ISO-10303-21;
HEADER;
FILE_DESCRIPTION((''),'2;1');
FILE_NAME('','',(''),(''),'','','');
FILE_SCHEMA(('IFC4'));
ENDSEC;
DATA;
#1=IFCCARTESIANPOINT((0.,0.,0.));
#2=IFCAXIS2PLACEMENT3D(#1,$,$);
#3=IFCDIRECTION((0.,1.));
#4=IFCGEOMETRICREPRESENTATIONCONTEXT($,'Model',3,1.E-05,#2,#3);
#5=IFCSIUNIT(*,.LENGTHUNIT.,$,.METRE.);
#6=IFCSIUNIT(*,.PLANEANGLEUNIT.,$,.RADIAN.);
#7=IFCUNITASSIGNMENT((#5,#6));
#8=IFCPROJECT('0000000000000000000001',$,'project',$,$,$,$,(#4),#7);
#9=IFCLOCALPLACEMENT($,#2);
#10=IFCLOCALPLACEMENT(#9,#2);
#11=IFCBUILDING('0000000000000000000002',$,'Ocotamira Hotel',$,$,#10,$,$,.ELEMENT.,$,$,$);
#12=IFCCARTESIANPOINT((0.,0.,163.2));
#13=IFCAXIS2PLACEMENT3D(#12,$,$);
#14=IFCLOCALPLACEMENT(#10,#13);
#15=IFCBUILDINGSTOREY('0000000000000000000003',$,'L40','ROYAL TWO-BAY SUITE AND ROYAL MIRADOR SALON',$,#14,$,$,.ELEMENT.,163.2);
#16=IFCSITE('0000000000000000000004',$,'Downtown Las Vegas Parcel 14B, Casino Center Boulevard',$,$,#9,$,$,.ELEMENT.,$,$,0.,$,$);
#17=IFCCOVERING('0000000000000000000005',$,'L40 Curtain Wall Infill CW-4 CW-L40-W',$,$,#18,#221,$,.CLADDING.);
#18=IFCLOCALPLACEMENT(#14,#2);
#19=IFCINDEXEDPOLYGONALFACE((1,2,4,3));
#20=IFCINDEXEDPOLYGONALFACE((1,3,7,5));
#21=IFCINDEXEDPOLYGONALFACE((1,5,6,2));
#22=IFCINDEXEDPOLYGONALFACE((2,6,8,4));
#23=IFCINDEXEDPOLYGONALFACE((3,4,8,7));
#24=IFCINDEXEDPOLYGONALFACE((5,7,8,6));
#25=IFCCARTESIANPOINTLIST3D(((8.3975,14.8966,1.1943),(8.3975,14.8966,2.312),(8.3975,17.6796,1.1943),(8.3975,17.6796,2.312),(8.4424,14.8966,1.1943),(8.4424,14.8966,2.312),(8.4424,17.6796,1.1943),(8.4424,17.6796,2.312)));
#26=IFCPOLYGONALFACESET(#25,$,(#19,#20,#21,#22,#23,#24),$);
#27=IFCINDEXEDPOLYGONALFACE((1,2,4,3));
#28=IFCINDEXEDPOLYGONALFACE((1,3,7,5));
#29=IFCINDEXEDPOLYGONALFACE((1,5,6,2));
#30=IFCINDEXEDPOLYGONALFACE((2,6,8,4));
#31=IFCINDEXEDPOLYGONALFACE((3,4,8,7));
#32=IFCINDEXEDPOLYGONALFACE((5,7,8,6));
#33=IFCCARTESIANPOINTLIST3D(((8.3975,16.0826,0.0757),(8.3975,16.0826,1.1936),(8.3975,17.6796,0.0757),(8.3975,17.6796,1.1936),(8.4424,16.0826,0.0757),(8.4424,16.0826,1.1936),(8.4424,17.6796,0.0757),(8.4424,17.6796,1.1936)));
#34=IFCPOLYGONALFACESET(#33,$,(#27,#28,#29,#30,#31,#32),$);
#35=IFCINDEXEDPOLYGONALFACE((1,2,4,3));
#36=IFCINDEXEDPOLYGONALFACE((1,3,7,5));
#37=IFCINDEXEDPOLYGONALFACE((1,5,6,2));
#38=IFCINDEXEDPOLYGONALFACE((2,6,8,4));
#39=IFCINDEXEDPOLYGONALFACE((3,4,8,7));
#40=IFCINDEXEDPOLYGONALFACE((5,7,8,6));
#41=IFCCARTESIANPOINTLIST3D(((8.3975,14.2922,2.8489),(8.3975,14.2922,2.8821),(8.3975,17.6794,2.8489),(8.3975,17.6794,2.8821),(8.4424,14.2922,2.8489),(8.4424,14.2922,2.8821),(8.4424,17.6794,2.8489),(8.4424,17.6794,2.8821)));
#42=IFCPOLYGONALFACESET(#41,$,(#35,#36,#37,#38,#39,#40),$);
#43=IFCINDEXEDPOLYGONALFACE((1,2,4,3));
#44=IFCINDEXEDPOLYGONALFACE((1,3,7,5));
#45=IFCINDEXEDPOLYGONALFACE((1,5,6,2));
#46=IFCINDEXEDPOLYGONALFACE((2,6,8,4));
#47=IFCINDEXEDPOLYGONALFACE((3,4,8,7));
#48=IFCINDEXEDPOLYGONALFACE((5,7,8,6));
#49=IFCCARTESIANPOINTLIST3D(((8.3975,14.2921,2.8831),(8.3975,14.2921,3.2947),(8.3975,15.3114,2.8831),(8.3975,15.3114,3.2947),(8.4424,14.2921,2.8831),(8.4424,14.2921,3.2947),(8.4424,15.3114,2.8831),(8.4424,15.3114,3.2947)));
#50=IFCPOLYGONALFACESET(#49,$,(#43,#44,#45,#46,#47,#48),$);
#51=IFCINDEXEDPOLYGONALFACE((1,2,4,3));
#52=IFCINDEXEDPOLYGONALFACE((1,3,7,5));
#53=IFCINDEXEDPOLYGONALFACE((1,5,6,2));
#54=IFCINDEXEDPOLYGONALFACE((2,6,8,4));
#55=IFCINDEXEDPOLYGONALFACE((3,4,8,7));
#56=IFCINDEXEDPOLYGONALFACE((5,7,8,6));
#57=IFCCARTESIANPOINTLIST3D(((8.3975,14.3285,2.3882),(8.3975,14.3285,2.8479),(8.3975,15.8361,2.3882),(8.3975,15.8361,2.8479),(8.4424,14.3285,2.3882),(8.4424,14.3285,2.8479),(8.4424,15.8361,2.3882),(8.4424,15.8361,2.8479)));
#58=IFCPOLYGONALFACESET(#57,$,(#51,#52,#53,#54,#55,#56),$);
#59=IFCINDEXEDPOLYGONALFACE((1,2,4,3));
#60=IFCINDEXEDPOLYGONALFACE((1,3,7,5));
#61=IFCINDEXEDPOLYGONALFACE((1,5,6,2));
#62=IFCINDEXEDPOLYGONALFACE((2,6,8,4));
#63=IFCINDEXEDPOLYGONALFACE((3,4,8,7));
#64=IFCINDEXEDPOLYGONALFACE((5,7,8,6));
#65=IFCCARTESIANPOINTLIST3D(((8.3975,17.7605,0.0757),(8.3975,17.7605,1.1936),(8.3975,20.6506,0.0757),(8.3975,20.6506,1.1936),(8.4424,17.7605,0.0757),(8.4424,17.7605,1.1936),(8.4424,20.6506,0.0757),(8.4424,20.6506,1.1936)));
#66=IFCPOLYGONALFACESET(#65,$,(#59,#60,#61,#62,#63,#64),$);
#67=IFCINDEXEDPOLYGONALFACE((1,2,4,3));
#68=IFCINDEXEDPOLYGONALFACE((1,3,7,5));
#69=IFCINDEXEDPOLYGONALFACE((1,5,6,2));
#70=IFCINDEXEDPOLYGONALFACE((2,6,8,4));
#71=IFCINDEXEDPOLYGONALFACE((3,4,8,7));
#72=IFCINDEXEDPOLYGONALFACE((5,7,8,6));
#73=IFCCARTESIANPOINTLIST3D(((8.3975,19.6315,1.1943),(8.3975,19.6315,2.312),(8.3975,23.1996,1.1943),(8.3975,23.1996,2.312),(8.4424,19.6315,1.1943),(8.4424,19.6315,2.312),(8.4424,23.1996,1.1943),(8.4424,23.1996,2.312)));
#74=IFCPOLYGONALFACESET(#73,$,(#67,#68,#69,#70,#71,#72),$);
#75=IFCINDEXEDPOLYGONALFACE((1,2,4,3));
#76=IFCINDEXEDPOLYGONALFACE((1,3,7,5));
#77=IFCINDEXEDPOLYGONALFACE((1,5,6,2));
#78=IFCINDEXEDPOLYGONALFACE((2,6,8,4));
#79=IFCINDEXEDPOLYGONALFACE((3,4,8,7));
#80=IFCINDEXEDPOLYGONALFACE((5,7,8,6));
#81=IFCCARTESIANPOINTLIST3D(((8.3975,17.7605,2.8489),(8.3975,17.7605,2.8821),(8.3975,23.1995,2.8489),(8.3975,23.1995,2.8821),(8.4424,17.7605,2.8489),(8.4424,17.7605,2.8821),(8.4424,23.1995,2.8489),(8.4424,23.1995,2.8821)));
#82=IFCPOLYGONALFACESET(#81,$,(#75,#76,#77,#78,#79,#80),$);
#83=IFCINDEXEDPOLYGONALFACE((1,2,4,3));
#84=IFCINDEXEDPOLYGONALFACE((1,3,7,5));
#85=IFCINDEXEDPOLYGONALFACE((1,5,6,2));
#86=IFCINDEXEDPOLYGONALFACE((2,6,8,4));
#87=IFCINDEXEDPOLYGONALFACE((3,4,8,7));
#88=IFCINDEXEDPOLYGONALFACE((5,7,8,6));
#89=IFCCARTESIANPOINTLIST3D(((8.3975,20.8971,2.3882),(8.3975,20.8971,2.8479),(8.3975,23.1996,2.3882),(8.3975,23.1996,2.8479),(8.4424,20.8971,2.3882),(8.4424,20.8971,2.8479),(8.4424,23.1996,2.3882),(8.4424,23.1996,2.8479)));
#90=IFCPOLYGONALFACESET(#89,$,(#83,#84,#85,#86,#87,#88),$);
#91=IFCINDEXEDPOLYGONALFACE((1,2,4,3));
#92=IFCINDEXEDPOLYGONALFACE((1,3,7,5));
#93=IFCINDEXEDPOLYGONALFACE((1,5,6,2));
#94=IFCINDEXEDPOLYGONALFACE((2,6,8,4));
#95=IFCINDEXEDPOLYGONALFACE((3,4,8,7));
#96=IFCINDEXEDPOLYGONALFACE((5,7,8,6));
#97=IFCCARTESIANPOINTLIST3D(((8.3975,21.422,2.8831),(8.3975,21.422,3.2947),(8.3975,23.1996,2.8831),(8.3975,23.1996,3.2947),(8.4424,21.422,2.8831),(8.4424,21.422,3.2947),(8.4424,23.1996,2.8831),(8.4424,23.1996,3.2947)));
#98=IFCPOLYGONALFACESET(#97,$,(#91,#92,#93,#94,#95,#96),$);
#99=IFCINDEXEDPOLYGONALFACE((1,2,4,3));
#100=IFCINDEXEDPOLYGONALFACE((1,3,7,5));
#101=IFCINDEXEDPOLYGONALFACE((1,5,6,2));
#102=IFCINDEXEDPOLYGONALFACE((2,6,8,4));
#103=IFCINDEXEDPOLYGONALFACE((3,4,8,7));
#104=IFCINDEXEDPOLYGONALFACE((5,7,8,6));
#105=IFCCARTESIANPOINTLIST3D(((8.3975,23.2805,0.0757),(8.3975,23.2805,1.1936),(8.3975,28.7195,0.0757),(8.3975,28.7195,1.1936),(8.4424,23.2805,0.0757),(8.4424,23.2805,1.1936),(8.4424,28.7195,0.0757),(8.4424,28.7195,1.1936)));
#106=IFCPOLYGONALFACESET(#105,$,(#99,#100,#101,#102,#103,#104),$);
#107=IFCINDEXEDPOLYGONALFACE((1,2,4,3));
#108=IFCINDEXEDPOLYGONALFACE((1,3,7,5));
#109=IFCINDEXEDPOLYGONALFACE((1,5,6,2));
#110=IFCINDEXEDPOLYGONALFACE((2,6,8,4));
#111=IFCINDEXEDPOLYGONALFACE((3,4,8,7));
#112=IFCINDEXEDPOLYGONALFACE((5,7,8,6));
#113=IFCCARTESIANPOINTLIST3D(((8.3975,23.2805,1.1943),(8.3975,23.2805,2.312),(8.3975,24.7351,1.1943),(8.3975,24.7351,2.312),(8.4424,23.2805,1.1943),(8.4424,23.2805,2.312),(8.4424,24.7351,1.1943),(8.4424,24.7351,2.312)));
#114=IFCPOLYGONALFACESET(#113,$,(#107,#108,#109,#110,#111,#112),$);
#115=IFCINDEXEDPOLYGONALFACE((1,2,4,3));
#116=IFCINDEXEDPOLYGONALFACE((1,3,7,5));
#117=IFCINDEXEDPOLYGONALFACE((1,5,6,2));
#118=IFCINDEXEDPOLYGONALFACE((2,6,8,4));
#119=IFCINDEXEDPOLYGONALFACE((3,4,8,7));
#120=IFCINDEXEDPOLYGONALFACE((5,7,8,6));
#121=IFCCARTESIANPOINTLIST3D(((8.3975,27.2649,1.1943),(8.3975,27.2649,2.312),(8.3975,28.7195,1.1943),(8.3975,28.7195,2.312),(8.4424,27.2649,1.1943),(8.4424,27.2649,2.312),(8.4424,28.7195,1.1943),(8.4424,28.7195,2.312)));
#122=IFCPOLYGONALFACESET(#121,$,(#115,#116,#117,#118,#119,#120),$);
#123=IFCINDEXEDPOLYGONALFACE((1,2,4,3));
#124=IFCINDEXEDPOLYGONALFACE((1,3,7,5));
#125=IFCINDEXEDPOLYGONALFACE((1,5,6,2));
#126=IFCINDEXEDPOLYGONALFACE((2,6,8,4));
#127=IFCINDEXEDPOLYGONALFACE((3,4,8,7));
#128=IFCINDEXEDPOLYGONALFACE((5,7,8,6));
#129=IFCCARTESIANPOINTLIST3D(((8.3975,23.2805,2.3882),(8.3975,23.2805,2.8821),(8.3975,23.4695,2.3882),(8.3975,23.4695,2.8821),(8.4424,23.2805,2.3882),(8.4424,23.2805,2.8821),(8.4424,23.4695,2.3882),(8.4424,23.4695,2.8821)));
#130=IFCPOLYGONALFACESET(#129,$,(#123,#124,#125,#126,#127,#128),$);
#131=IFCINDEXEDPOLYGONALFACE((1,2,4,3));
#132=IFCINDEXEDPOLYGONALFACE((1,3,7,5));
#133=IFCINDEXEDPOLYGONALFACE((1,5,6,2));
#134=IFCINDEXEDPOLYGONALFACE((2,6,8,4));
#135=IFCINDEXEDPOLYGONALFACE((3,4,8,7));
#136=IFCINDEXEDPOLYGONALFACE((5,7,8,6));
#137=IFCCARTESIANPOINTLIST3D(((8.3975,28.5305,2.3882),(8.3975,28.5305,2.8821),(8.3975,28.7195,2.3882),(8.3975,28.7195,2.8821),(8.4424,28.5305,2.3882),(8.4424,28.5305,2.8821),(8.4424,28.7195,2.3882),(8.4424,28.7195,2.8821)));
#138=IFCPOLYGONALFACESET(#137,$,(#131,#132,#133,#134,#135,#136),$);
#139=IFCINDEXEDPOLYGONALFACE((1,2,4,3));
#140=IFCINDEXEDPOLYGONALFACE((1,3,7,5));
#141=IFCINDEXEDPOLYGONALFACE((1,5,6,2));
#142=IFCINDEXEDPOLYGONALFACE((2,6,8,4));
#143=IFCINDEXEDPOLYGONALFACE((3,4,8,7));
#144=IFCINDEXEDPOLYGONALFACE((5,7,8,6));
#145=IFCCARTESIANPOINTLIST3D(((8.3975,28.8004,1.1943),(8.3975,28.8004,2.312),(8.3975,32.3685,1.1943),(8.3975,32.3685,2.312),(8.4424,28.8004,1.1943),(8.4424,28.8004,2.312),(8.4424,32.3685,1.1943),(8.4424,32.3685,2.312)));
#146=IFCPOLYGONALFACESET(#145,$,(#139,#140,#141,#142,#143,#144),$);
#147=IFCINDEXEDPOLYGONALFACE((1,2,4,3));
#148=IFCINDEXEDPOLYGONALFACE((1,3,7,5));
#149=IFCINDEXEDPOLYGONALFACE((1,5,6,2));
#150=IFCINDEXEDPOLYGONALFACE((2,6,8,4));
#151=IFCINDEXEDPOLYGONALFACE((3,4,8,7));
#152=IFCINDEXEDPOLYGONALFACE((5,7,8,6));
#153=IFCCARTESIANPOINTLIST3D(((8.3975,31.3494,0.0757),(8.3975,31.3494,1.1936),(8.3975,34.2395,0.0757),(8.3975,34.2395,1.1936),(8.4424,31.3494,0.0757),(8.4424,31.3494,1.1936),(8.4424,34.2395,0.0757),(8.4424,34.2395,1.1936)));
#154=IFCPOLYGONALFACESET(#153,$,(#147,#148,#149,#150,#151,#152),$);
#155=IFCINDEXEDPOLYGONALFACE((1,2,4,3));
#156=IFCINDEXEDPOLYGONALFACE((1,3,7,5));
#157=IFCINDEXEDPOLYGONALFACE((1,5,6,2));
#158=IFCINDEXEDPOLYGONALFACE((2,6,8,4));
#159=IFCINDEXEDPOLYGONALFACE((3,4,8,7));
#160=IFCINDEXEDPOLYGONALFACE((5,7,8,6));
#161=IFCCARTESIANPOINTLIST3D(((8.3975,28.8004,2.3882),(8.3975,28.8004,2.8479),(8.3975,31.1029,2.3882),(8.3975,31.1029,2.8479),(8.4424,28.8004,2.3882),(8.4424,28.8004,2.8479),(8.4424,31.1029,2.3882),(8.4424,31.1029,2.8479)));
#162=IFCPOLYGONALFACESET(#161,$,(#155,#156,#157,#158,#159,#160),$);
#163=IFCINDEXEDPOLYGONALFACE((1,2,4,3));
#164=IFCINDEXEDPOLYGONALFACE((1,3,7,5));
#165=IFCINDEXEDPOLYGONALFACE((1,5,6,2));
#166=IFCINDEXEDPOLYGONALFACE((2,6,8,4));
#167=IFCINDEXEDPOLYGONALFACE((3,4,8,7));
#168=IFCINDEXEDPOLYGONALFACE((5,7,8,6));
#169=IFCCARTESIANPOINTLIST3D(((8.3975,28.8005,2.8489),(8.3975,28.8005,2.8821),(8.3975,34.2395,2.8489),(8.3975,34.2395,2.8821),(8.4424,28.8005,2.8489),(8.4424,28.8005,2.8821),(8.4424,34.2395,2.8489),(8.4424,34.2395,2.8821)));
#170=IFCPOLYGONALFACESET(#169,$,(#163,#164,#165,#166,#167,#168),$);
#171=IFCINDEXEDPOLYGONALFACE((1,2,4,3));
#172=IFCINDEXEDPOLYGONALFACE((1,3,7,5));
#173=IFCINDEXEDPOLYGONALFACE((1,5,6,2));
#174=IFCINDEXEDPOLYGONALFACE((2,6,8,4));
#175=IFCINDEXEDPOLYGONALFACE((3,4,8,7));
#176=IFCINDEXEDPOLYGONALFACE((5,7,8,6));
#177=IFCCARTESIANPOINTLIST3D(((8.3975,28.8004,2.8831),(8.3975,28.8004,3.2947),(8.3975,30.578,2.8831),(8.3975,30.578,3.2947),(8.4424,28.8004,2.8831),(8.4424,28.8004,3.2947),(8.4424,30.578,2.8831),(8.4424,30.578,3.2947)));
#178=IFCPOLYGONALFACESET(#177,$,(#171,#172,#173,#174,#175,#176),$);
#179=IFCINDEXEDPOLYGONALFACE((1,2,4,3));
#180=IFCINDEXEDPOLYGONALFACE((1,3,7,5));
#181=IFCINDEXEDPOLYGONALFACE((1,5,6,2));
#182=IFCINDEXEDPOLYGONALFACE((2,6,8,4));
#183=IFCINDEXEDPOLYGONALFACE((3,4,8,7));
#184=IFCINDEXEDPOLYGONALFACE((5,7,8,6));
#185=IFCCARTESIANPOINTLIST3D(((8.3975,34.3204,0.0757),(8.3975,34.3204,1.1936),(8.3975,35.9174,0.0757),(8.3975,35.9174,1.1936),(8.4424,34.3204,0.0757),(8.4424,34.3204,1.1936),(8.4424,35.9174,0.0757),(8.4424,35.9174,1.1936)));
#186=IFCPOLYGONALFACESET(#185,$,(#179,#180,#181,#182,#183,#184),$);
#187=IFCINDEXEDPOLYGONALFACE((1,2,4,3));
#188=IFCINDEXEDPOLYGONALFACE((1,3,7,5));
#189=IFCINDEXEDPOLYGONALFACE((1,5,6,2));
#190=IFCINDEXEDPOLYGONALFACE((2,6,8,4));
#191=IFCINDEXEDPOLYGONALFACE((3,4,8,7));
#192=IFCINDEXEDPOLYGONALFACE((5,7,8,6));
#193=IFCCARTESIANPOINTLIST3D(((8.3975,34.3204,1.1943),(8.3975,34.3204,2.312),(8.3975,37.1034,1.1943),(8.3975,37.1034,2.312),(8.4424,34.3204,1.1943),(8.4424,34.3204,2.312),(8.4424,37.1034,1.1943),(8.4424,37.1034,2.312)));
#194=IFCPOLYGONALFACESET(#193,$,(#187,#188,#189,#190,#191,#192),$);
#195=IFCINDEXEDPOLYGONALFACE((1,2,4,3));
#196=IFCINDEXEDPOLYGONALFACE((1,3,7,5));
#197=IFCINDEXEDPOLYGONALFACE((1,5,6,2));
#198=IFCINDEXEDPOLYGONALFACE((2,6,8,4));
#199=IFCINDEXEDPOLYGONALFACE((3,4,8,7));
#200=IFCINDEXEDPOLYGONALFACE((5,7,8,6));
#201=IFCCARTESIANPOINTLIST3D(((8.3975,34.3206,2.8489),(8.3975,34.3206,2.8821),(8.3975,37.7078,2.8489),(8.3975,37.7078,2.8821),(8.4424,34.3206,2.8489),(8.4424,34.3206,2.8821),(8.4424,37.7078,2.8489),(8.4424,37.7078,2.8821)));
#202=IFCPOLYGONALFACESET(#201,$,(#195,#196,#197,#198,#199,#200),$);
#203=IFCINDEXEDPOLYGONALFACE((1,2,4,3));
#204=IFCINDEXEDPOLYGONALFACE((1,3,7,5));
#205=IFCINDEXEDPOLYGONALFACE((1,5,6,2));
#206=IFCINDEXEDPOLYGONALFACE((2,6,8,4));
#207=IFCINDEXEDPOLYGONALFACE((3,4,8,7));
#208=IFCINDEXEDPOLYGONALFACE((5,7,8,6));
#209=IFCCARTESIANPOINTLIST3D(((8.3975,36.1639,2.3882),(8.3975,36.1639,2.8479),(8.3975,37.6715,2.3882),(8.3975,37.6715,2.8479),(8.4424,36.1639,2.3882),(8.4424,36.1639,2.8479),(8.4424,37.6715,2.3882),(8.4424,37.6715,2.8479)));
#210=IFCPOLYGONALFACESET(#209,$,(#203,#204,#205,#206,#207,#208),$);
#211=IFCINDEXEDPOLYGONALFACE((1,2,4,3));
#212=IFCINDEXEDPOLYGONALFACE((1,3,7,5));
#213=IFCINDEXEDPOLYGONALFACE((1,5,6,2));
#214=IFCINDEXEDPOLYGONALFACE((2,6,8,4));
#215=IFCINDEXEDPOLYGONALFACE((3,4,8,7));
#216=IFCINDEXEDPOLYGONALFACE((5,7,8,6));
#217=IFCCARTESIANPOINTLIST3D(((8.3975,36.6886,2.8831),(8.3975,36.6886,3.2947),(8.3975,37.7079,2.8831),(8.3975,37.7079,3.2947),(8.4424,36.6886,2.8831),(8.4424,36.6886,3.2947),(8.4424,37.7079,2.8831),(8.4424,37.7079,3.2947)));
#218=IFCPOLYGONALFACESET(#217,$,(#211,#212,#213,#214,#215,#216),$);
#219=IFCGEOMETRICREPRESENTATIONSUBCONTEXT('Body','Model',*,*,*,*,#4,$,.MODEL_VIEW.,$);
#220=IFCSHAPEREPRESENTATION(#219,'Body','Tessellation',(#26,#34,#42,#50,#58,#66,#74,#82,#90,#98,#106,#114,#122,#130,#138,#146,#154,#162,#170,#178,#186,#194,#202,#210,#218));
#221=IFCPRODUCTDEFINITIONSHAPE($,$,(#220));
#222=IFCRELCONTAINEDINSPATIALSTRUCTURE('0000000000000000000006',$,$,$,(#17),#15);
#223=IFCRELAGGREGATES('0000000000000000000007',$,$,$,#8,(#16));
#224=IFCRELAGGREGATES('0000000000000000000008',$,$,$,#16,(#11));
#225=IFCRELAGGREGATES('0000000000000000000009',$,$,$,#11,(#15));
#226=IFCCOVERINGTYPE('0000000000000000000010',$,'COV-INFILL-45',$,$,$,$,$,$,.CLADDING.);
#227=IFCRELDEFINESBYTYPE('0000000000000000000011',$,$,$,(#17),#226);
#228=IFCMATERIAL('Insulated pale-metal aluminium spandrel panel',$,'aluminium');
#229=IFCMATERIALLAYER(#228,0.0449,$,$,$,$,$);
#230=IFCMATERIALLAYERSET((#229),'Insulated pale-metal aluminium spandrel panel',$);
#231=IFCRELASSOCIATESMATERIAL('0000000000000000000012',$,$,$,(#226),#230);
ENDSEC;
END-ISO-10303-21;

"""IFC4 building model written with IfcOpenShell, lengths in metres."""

from ifc_helpers import new_model, si_unit, direction, frame, origin, origin_2d, place, context, subcontext, project, spatial, rectangle, extrude, material, layer, layer_set, type_object, element, save


model = new_model("IFC4")

# Units and contexts
model_context = context("Model", 3, precision=1e-05, world=origin(), true_north=direction((0.0, 1.0)))
body_context = subcontext(model_context, "Body", "Model", "MODEL_VIEW")
ifc_project = project(units=[si_unit("LENGTHUNIT", "METRE"), si_unit("PLANEANGLEUNIT", "RADIAN")], contexts=[model_context])

# Site, building, storey
site_placement = place(None, origin())
site = spatial("IfcSite", under=ifc_project, at=site_placement, Name="Downtown Las Vegas Parcel 14B, Casino Center Boulevard", CompositionType="ELEMENT", RefElevation=0.0)
building_placement = place(site_placement, origin())
building = spatial("IfcBuilding", under=site, at=building_placement, Name="Ocotamira Hotel", CompositionType="ELEMENT")
storey_placement = place(building_placement, frame((0.0, 0.0, 163.2)))
storey = spatial("IfcBuildingStorey", under=building, at=storey_placement, Name="L40", Description="ROYAL TWO-BAY SUITE AND ROYAL MIRADOR SALON", CompositionType="ELEMENT", Elevation=163.2)

# Covering
ifc_material_1 = material(Name="Insulated pale-metal aluminium spandrel panel", Category="aluminium")
ifc_layer_1 = layer(ifc_material_1, 0.0449)
ifc_layer_set_1 = layer_set([ifc_layer_1], Name="Insulated pale-metal aluminium spandrel panel")
covering_type_1 = type_object("IfcCoveringType", Name="COV-INFILL-45", PredefinedType="CLADDING", material=ifc_layer_set_1)
covering_1_placement = place(storey_placement, origin())
element("IfcCovering", 1, at=covering_1_placement, inside=storey, type_object=covering_type_1, Name="L40 Curtain Wall Infill CW-4 CW-L40-W", PredefinedType="CLADDING", context=body_context, shape_type="SweptSolid", body=[
    extrude(rectangle(XDim=2.783, YDim=0.0449, at=origin_2d()), frame((8.4199, 16.2881, 1.1943), z_axis=(0.0, 0.0, 1.0), x_axis=(0.0, 1.0, 0.0)), (0.0, 0.0, 1.0), 1.1177),
    extrude(rectangle(XDim=1.5969, YDim=0.0449, at=origin_2d()), frame((8.4199, 16.8811, 0.0757), z_axis=(0.0, 0.0, 1.0), x_axis=(0.0, 1.0, 0.0)), (0.0, 0.0, 1.0), 1.1179),
    extrude(rectangle(XDim=3.3872, YDim=0.0449, at=origin_2d()), frame((8.4199, 15.9858, 2.8489), z_axis=(0.0, 0.0, 1.0), x_axis=(0.0, 1.0, 0.0)), (0.0, 0.0, 1.0), 0.0332),
    extrude(rectangle(XDim=1.0193, YDim=0.0449, at=origin_2d()), frame((8.4199, 14.8018, 2.8831), z_axis=(0.0, 0.0, 1.0), x_axis=(0.0, 1.0, 0.0)), (0.0, 0.0, 1.0), 0.4116),
    extrude(rectangle(XDim=1.5076, YDim=0.0449, at=origin_2d()), frame((8.4199, 15.0823, 2.3882), z_axis=(0.0, 0.0, 1.0), x_axis=(0.0, 1.0, 0.0)), (0.0, 0.0, 1.0), 0.4597),
    extrude(rectangle(XDim=2.8901, YDim=0.0449, at=origin_2d()), frame((8.4199, 19.2056, 0.0757), z_axis=(0.0, 0.0, 1.0), x_axis=(0.0, 1.0, 0.0)), (0.0, 0.0, 1.0), 1.1179),
    extrude(rectangle(XDim=3.5681, YDim=0.0449, at=origin_2d()), frame((8.4199, 21.4155, 1.1943), z_axis=(0.0, 0.0, 1.0), x_axis=(0.0, 1.0, 0.0)), (0.0, 0.0, 1.0), 1.1177),
    extrude(rectangle(XDim=5.439, YDim=0.0449, at=origin_2d()), frame((8.4199, 20.48, 2.8489), z_axis=(0.0, 0.0, 1.0), x_axis=(0.0, 1.0, 0.0)), (0.0, 0.0, 1.0), 0.0332),
    extrude(rectangle(XDim=2.3025, YDim=0.0449, at=origin_2d()), frame((8.4199, 22.0483, 2.3882), z_axis=(0.0, 0.0, 1.0), x_axis=(0.0, 1.0, 0.0)), (0.0, 0.0, 1.0), 0.4597),
    extrude(rectangle(XDim=1.7776, YDim=0.0449, at=origin_2d()), frame((8.4199, 22.3108, 2.8831), z_axis=(0.0, 0.0, 1.0), x_axis=(0.0, 1.0, 0.0)), (0.0, 0.0, 1.0), 0.4116),
    extrude(rectangle(XDim=5.439, YDim=0.0449, at=origin_2d()), frame((8.4199, 26.0, 0.0757), z_axis=(0.0, 0.0, 1.0), x_axis=(0.0, 1.0, 0.0)), (0.0, 0.0, 1.0), 1.1179),
    extrude(rectangle(XDim=1.4546, YDim=0.0449, at=origin_2d()), frame((8.4199, 24.0078, 1.1943), z_axis=(0.0, 0.0, 1.0), x_axis=(0.0, 1.0, 0.0)), (0.0, 0.0, 1.0), 1.1177),
    extrude(rectangle(XDim=1.4546, YDim=0.0449, at=origin_2d()), frame((8.4199, 27.9922, 1.1943), z_axis=(0.0, 0.0, 1.0), x_axis=(0.0, 1.0, 0.0)), (0.0, 0.0, 1.0), 1.1177),
    extrude(rectangle(XDim=0.189, YDim=0.0449, at=origin_2d()), frame((8.4199, 23.375, 2.3882), z_axis=(0.0, 0.0, 1.0), x_axis=(0.0, 1.0, 0.0)), (0.0, 0.0, 1.0), 0.4939),
    extrude(rectangle(XDim=0.189, YDim=0.0449, at=origin_2d()), frame((8.4199, 28.625, 2.3882), z_axis=(0.0, 0.0, 1.0), x_axis=(0.0, 1.0, 0.0)), (0.0, 0.0, 1.0), 0.4939),
    extrude(rectangle(XDim=3.5681, YDim=0.0449, at=origin_2d()), frame((8.4199, 30.5845, 1.1943), z_axis=(0.0, 0.0, 1.0), x_axis=(0.0, 1.0, 0.0)), (0.0, 0.0, 1.0), 1.1177),
    extrude(rectangle(XDim=2.8901, YDim=0.0449, at=origin_2d()), frame((8.4199, 32.7944, 0.0757), z_axis=(0.0, 0.0, 1.0), x_axis=(0.0, 1.0, 0.0)), (0.0, 0.0, 1.0), 1.1179),
    extrude(rectangle(XDim=2.3025, YDim=0.0449, at=origin_2d()), frame((8.4199, 29.9517, 2.3882), z_axis=(0.0, 0.0, 1.0), x_axis=(0.0, 1.0, 0.0)), (0.0, 0.0, 1.0), 0.4597),
    extrude(rectangle(XDim=5.439, YDim=0.0449, at=origin_2d()), frame((8.4199, 31.52, 2.8489), z_axis=(0.0, 0.0, 1.0), x_axis=(0.0, 1.0, 0.0)), (0.0, 0.0, 1.0), 0.0332),
    extrude(rectangle(XDim=1.7776, YDim=0.0449, at=origin_2d()), frame((8.4199, 29.6892, 2.8831), z_axis=(0.0, 0.0, 1.0), x_axis=(0.0, 1.0, 0.0)), (0.0, 0.0, 1.0), 0.4116),
    extrude(rectangle(XDim=1.5969, YDim=0.0449, at=origin_2d()), frame((8.4199, 35.1189, 0.0757), z_axis=(0.0, 0.0, 1.0), x_axis=(0.0, 1.0, 0.0)), (0.0, 0.0, 1.0), 1.1179),
    extrude(rectangle(XDim=2.783, YDim=0.0449, at=origin_2d()), frame((8.4199, 35.7119, 1.1943), z_axis=(0.0, 0.0, 1.0), x_axis=(0.0, 1.0, 0.0)), (0.0, 0.0, 1.0), 1.1177),
    extrude(rectangle(XDim=3.3872, YDim=0.0449, at=origin_2d()), frame((8.4199, 36.0142, 2.8489), z_axis=(0.0, 0.0, 1.0), x_axis=(0.0, 1.0, 0.0)), (0.0, 0.0, 1.0), 0.0332),
    extrude(rectangle(XDim=1.5076, YDim=0.0449, at=origin_2d()), frame((8.4199, 36.9177, 2.3882), z_axis=(0.0, 0.0, 1.0), x_axis=(0.0, 1.0, 0.0)), (0.0, 0.0, 1.0), 0.4597),
    extrude(rectangle(XDim=1.0193, YDim=0.0449, at=origin_2d()), frame((8.4199, 37.1982, 2.8831), z_axis=(0.0, 0.0, 1.0), x_axis=(0.0, 1.0, 0.0)), (0.0, 0.0, 1.0), 0.4116),
])

save(model, "model.ifc")
